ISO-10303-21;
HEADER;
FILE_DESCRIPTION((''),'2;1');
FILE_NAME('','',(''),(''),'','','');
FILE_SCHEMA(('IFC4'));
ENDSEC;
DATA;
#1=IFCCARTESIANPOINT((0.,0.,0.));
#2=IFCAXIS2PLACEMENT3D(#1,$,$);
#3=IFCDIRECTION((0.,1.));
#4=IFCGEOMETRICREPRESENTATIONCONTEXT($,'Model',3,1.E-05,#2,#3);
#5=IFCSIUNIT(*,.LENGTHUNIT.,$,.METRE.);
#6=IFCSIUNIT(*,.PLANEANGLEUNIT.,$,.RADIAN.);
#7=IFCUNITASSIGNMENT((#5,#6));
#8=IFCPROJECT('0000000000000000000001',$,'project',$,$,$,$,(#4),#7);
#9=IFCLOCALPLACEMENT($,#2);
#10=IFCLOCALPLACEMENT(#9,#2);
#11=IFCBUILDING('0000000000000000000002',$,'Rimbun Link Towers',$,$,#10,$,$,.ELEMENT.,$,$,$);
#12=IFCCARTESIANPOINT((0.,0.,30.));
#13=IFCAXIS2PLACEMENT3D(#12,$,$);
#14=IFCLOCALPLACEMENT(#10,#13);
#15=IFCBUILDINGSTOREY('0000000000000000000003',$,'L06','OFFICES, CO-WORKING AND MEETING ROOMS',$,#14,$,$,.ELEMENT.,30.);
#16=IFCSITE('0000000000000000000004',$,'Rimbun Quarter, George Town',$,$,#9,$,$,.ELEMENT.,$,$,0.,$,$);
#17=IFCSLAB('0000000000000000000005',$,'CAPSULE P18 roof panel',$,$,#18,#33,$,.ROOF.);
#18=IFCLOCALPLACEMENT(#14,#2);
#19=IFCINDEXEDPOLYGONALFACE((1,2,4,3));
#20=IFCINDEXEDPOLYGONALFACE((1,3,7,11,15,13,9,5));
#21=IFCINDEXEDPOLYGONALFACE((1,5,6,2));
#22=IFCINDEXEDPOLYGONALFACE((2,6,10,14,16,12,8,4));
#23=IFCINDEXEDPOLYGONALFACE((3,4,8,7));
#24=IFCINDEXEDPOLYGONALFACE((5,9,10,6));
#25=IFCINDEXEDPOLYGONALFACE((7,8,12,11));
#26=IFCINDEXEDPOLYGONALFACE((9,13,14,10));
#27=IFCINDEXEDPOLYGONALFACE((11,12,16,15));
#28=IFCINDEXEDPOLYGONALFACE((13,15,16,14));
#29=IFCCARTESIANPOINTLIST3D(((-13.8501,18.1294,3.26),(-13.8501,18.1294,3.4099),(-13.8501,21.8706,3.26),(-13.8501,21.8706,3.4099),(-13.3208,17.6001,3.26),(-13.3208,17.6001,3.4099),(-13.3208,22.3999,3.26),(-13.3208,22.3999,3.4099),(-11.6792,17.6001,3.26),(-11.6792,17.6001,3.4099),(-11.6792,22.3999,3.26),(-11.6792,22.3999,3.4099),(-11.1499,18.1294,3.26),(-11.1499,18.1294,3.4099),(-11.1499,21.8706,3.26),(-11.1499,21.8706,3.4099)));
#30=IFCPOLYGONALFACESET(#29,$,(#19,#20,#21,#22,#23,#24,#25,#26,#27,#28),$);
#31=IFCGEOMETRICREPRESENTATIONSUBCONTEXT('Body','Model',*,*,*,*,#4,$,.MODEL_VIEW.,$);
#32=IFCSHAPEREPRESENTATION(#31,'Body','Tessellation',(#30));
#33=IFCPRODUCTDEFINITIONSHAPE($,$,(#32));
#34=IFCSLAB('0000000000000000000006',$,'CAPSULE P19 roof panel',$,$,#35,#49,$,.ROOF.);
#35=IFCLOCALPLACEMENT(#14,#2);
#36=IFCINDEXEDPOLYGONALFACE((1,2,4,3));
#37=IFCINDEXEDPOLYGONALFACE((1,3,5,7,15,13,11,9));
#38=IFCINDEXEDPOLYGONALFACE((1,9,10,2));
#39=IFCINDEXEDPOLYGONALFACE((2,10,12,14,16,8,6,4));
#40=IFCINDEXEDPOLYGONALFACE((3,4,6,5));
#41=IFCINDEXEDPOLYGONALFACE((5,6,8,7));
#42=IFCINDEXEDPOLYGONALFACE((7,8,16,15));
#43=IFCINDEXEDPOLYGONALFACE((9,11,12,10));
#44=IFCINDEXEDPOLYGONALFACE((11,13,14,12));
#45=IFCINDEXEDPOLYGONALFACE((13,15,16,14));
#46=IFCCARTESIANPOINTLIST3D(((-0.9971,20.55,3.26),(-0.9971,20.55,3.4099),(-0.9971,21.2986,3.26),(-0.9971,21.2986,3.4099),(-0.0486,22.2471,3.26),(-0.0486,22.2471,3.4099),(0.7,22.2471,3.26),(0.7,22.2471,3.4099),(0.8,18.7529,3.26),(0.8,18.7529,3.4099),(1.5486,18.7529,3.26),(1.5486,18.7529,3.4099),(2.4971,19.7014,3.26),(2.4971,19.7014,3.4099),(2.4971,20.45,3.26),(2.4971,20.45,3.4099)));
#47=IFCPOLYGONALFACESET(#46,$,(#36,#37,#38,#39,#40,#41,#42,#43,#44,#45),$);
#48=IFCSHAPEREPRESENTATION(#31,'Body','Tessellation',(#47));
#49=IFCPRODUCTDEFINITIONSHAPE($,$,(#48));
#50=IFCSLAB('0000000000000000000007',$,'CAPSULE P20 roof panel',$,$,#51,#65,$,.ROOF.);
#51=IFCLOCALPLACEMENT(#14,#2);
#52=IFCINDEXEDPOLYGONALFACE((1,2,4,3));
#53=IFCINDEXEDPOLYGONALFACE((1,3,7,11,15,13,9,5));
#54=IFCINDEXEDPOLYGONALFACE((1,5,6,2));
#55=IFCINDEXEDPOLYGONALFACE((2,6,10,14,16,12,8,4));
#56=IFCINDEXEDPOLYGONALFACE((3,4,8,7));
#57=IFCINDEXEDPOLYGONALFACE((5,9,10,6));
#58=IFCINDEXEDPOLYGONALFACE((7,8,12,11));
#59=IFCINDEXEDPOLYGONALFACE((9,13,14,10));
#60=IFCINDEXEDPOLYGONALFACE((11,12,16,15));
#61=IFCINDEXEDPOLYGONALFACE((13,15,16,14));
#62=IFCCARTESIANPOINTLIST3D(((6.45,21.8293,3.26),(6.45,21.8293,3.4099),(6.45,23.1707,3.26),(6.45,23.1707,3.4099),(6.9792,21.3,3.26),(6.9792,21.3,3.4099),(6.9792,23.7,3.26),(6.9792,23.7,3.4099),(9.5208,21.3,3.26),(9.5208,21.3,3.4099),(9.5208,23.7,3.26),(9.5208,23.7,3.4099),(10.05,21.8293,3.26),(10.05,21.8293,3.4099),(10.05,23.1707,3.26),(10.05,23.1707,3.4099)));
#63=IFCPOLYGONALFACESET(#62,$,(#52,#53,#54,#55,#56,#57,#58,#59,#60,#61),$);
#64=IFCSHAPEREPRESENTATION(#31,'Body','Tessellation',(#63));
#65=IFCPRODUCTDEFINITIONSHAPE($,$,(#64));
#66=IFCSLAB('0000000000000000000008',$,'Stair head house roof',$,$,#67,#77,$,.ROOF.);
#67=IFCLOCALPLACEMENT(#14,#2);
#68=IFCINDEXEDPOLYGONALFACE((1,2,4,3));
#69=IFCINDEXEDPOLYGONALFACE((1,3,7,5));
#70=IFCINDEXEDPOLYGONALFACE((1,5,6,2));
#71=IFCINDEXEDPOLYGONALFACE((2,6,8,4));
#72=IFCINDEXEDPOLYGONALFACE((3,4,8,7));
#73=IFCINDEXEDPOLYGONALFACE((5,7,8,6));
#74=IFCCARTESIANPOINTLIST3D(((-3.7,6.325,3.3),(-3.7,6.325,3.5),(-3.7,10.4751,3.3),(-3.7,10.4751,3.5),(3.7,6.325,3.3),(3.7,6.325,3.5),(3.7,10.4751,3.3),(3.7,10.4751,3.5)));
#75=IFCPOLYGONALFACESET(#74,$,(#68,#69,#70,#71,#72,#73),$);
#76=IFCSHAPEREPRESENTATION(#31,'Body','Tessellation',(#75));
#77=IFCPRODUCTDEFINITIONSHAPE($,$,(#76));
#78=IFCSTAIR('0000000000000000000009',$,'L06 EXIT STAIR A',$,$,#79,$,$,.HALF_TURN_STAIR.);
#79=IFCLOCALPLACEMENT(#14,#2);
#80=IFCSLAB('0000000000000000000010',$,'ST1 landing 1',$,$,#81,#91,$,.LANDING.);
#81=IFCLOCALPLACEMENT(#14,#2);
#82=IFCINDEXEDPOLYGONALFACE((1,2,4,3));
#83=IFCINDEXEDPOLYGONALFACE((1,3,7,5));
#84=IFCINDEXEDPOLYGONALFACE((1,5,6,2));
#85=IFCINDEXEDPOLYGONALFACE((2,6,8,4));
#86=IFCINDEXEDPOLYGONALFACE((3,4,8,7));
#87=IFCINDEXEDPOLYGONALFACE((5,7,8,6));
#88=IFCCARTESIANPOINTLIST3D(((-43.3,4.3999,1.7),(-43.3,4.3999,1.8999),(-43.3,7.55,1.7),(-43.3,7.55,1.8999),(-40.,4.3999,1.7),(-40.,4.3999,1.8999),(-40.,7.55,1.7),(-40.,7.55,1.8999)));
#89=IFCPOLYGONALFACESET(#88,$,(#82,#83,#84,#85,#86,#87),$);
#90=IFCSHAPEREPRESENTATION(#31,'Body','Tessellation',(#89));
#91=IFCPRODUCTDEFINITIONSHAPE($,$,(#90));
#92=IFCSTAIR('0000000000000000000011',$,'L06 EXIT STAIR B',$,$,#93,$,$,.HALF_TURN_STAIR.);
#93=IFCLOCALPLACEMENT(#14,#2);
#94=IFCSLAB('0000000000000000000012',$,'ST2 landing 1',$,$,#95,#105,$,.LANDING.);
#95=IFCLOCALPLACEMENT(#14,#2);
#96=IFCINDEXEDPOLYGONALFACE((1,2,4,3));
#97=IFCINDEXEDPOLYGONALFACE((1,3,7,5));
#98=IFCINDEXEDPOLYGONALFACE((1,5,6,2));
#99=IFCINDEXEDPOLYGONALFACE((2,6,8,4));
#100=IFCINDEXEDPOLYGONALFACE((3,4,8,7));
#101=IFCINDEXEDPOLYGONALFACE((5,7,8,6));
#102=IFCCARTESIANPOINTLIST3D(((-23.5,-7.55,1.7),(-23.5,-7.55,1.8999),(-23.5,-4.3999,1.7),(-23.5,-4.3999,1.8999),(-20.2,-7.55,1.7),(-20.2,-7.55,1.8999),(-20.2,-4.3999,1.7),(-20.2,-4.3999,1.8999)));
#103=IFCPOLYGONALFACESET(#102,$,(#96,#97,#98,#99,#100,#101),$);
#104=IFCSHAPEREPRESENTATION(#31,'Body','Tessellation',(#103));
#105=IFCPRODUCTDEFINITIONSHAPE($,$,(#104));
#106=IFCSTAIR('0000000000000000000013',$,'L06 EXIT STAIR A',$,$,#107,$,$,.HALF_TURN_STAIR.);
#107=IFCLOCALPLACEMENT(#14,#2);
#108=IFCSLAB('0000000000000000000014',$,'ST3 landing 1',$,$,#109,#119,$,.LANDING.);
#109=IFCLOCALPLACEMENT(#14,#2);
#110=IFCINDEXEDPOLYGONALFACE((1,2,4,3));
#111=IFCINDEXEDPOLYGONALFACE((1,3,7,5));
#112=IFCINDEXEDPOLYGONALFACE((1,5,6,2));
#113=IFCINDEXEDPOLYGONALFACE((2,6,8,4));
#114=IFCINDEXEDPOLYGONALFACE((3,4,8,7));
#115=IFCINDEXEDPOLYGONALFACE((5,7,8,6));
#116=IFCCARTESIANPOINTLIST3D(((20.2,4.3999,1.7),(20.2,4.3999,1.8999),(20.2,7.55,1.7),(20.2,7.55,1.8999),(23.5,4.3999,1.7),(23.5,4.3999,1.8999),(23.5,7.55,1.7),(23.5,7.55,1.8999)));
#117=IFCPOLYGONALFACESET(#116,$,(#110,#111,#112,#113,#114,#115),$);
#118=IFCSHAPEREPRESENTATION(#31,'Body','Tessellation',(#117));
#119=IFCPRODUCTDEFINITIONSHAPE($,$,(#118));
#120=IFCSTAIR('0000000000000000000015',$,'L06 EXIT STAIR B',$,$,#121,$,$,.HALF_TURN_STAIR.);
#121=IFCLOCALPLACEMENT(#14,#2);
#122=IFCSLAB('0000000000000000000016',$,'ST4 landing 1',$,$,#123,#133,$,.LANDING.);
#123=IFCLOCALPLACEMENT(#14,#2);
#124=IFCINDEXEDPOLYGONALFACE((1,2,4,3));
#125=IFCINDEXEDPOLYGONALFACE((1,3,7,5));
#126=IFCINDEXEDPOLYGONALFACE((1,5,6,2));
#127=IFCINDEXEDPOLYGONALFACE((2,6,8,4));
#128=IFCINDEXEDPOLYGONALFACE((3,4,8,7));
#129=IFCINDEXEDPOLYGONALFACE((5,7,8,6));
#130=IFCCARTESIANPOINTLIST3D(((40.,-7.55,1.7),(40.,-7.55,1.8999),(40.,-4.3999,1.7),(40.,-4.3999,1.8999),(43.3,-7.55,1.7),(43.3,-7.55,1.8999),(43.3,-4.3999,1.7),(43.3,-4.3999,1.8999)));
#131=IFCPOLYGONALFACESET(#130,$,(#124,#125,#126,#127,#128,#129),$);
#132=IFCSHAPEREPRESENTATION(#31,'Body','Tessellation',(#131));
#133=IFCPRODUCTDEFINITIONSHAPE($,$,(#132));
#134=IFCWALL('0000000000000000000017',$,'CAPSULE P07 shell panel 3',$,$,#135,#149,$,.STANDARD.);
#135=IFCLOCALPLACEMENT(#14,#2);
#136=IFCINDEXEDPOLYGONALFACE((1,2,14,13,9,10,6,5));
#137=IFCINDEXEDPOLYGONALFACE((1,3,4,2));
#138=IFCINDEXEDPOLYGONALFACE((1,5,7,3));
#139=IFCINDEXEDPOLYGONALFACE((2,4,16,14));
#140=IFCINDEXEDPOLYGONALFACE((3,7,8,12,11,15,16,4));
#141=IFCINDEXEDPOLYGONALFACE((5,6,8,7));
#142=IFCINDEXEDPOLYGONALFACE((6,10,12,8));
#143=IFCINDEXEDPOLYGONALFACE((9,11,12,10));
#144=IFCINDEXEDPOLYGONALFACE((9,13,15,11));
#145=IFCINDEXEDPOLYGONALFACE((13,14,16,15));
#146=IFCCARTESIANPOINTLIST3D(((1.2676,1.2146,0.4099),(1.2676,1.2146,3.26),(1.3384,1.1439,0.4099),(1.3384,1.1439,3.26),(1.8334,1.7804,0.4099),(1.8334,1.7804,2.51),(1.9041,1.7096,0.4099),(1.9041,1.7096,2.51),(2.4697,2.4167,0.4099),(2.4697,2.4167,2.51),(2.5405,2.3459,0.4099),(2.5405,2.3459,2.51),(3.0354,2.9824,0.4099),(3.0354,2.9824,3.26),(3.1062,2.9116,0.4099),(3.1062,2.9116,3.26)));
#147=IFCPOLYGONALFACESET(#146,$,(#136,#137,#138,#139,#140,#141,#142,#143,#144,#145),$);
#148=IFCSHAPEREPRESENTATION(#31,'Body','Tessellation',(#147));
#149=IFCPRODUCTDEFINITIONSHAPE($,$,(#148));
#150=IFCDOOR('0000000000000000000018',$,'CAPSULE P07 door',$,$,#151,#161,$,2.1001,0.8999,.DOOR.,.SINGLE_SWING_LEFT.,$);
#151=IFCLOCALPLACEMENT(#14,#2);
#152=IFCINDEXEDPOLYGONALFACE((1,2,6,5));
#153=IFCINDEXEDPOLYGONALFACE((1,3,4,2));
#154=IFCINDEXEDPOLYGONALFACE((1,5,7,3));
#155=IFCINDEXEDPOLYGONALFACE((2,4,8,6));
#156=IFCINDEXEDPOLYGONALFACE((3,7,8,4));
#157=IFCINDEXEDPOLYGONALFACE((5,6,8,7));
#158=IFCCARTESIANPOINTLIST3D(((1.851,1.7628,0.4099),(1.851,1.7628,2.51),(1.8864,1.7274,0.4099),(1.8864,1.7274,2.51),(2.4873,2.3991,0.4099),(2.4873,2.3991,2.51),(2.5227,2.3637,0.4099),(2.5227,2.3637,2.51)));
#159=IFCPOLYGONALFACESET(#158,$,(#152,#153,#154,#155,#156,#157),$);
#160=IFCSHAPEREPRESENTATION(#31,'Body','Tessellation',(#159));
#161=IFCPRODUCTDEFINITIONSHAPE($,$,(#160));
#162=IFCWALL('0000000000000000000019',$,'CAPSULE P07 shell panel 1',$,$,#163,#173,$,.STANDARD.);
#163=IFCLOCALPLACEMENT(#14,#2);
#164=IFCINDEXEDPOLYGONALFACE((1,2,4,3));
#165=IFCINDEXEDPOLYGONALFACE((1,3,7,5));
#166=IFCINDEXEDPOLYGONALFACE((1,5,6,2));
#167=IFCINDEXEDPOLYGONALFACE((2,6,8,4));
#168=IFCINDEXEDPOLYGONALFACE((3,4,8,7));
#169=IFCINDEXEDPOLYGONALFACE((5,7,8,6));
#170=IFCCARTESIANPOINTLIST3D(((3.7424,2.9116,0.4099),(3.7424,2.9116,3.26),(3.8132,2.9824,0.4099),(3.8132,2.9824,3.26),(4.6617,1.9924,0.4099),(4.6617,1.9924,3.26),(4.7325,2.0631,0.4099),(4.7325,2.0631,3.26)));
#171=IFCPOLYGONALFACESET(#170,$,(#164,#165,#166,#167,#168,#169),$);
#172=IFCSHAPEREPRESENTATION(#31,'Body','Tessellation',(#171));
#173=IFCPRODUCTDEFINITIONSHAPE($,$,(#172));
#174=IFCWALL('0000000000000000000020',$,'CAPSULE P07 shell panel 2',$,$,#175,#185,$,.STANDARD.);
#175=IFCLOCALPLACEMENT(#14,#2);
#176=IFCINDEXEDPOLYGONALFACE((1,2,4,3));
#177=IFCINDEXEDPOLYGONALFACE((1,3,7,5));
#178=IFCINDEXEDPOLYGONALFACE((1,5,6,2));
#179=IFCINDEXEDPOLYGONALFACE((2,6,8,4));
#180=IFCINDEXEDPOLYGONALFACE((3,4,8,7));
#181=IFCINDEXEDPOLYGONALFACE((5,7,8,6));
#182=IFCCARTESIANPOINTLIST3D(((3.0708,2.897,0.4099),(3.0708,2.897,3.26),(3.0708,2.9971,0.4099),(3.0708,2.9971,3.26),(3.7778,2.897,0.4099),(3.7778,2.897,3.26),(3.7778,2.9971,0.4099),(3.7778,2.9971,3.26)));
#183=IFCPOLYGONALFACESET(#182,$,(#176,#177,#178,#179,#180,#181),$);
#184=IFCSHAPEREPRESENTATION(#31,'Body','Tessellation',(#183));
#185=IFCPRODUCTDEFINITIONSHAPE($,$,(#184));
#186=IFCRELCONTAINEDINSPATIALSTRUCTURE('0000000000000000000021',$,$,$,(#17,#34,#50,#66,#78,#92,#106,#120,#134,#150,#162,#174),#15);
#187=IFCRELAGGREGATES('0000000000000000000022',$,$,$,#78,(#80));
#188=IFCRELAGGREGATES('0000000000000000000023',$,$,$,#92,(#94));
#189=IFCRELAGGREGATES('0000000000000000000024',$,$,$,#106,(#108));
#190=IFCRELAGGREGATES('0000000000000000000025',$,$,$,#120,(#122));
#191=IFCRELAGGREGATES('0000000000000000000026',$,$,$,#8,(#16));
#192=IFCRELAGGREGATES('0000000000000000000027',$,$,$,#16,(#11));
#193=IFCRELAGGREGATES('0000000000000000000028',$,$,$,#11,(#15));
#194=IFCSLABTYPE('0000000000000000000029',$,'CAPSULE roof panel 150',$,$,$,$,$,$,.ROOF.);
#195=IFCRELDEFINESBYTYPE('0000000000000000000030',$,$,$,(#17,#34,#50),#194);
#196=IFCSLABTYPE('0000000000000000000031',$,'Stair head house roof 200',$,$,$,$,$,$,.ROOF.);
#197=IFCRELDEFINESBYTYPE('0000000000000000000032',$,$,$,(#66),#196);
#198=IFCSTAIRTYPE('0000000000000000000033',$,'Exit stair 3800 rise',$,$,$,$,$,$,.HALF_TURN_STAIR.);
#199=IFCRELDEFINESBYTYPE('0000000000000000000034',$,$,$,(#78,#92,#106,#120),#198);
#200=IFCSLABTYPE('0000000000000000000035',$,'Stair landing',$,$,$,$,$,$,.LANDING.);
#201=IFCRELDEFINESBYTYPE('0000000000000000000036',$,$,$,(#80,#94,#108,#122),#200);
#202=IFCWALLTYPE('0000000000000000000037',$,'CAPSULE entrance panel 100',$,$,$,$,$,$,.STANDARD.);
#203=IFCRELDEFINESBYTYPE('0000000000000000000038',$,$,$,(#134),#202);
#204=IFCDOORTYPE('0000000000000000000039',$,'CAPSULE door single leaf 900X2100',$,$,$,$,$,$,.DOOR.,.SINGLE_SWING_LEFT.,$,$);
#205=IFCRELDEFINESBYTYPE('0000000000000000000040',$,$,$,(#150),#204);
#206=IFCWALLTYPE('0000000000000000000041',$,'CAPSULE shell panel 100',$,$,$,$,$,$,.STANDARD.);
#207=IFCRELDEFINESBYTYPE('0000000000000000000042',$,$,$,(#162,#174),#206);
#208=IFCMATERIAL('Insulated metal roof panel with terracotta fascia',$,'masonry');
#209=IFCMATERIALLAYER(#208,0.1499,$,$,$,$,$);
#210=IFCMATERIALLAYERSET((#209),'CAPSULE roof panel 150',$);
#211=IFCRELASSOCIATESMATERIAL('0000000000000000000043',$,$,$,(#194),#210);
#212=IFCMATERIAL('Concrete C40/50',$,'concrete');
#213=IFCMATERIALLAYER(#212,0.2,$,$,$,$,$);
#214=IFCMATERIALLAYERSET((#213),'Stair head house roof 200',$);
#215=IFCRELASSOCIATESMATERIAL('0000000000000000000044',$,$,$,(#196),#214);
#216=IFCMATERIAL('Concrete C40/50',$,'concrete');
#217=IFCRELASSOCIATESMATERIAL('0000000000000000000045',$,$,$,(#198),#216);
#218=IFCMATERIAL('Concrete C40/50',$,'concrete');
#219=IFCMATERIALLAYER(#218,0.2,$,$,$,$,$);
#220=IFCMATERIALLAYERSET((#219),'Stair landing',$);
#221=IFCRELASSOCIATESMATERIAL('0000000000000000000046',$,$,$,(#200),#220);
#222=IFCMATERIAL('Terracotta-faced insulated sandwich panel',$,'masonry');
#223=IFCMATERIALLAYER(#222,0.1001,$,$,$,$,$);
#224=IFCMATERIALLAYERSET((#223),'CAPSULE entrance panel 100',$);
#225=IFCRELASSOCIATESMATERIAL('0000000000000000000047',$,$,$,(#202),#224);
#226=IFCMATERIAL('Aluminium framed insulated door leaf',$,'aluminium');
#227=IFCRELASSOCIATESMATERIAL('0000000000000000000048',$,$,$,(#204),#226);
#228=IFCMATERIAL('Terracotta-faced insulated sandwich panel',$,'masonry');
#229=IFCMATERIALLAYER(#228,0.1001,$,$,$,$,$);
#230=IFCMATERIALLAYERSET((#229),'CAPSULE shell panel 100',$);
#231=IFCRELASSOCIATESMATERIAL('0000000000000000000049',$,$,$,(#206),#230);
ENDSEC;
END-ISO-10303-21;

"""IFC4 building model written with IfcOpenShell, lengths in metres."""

from ifc_helpers import new_model, si_unit, direction, frame, frame_2d, origin, place, context, subcontext, project, spatial, polyline, rectangle, outline, extrude, material, layer, layer_set, type_object, element, fill, aggregate, save


model = new_model("IFC4")

# Units and contexts
model_context = context("Model", 3, precision=1e-05, world=origin(), true_north=direction((0.0, 1.0)))
body_context = subcontext(model_context, "Body", "Model", "MODEL_VIEW")
ifc_project = project(units=[si_unit("LENGTHUNIT", "METRE"), si_unit("PLANEANGLEUNIT", "RADIAN")], contexts=[model_context])

# Site, building, storey
site_placement = place(None, origin())
site = spatial("IfcSite", under=ifc_project, at=site_placement, Name="Rimbun Quarter, George Town", CompositionType="ELEMENT", RefElevation=0.0)
building_placement = place(site_placement, origin())
building = spatial("IfcBuilding", under=site, at=building_placement, Name="Rimbun Link Towers", CompositionType="ELEMENT")
storey_placement = place(building_placement, frame((0.0, 0.0, 30.0)))
storey = spatial("IfcBuildingStorey", under=building, at=storey_placement, Name="L06", Description="OFFICES, CO-WORKING AND MEETING ROOMS", CompositionType="ELEMENT", Elevation=30.0)

# Slabs
ifc_material_1 = material(Name="Insulated metal roof panel with terracotta fascia", Category="masonry")
ifc_layer_1 = layer(ifc_material_1, 0.1499)
ifc_layer_set_1 = layer_set([ifc_layer_1], Name="CAPSULE roof panel 150")
slab_type_1 = type_object("IfcSlabType", Name="CAPSULE roof panel 150", PredefinedType="ROOF", material=ifc_layer_set_1)
slab_1_placement = place(storey_placement, frame((0.0, 0.0, 3.26)))
element("IfcSlab", 1, at=slab_1_placement, inside=storey, type_object=slab_type_1, Name="CAPSULE P18 roof panel", PredefinedType="ROOF", context=body_context, shape_type="SweptSolid", body=[
    extrude(outline(polyline([(-13.3208, 22.3999), (-13.8501, 21.8706), (-13.8501, 18.1294), (-13.3208, 17.6001), (-11.6792, 17.6001), (-11.1499, 18.1294), (-11.1499, 21.8706), (-11.6792, 22.3999), (-13.3208, 22.3999)])), origin(), (0.0, 0.0, 1.0), 0.1499),
])
slab_2_placement = place(storey_placement, frame((0.0, 0.0, 3.26)))
element("IfcSlab", 2, at=slab_2_placement, inside=storey, type_object=slab_type_1, Name="CAPSULE P19 roof panel", PredefinedType="ROOF", context=body_context, shape_type="SweptSolid", body=[
    extrude(outline(polyline([(-0.9971, 21.2986), (-0.9971, 20.55), (0.8, 18.7529), (1.5486, 18.7529), (2.4971, 19.7014), (2.4971, 20.45), (0.7, 22.2471), (-0.0486, 22.2471), (-0.9971, 21.2986)])), origin(), (0.0, 0.0, 1.0), 0.1499),
])
slab_3_placement = place(storey_placement, frame((0.0, 0.0, 3.26)))
element("IfcSlab", 3, at=slab_3_placement, inside=storey, type_object=slab_type_1, Name="CAPSULE P20 roof panel", PredefinedType="ROOF", context=body_context, shape_type="SweptSolid", body=[
    extrude(outline(polyline([(10.05, 23.1707), (9.5208, 23.7), (6.9792, 23.7), (6.45, 23.1707), (6.45, 21.8293), (6.9792, 21.3), (9.5208, 21.3), (10.05, 21.8293), (10.05, 23.1707)])), origin(), (0.0, 0.0, 1.0), 0.1499),
])
ifc_material_2 = material(Name="Concrete C40/50", Category="concrete")
ifc_layer_2 = layer(ifc_material_2, 0.2)
ifc_layer_set_2 = layer_set([ifc_layer_2], Name="Stair head house roof 200")
slab_type_2 = type_object("IfcSlabType", Name="Stair head house roof 200", PredefinedType="ROOF", material=ifc_layer_set_2)
slab_4_placement = place(storey_placement, frame((0.0, 0.0, 3.3)))
element("IfcSlab", 4, at=slab_4_placement, inside=storey, type_object=slab_type_2, Name="Stair head house roof", PredefinedType="ROOF", context=body_context, shape_type="SweptSolid", body=[
    extrude(outline(polyline([(-3.7, 6.325), (3.7, 6.325), (3.7, 10.4751), (-3.7, 10.4751), (-3.7, 6.325)])), origin(), (0.0, 0.0, 1.0), 0.2),
])

# Stairs, slabs
ifc_material_3 = material(Name="Concrete C40/50", Category="concrete")
stair_type = type_object("IfcStairType", Name="Exit stair 3800 rise", PredefinedType="HALF_TURN_STAIR", material=ifc_material_3)
stair_1_placement = place(storey_placement, origin())
stair_1 = element("IfcStair", 5, at=stair_1_placement, inside=storey, type_object=stair_type, Name="L06 EXIT STAIR A", PredefinedType="HALF_TURN_STAIR")
ifc_material_4 = material(Name="Concrete C40/50", Category="concrete")
ifc_layer_3 = layer(ifc_material_4, 0.2)
ifc_layer_set_3 = layer_set([ifc_layer_3], Name="Stair landing")
slab_type_3 = type_object("IfcSlabType", Name="Stair landing", PredefinedType="LANDING", material=ifc_layer_set_3)
slab_5_placement = place(storey_placement, frame((0.0, 0.0, 1.7)))
slab_5 = element("IfcSlab", 6, at=slab_5_placement, type_object=slab_type_3, Name="ST1 landing 1", PredefinedType="LANDING", context=body_context, shape_type="SweptSolid", body=[
    extrude(outline(polyline([(-40.0, 7.55), (-43.3, 7.55), (-43.3, 4.3999), (-40.0, 4.3999), (-40.0, 7.55)])), origin(), (0.0, 0.0, 1.0), 0.2),
])
aggregate(stair_1, [slab_5])
stair_2_placement = place(storey_placement, origin())
stair_2 = element("IfcStair", 7, at=stair_2_placement, inside=storey, type_object=stair_type, Name="L06 EXIT STAIR B", PredefinedType="HALF_TURN_STAIR")
slab_6_placement = place(storey_placement, frame((0.0, 0.0, 1.7)))
slab_6 = element("IfcSlab", 8, at=slab_6_placement, type_object=slab_type_3, Name="ST2 landing 1", PredefinedType="LANDING", context=body_context, shape_type="SweptSolid", body=[
    extrude(outline(polyline([(-23.5, -7.55), (-20.2, -7.55), (-20.2, -4.3999), (-23.5, -4.3999), (-23.5, -7.55)])), origin(), (0.0, 0.0, 1.0), 0.2),
])
aggregate(stair_2, [slab_6])
stair_3_placement = place(storey_placement, origin())
stair_3 = element("IfcStair", 9, at=stair_3_placement, inside=storey, type_object=stair_type, Name="L06 EXIT STAIR A", PredefinedType="HALF_TURN_STAIR")
slab_7_placement = place(storey_placement, frame((0.0, 0.0, 1.7)))
slab_7 = element("IfcSlab", 10, at=slab_7_placement, type_object=slab_type_3, Name="ST3 landing 1", PredefinedType="LANDING", context=body_context, shape_type="SweptSolid", body=[
    extrude(outline(polyline([(23.5, 7.55), (20.2, 7.55), (20.2, 4.3999), (23.5, 4.3999), (23.5, 7.55)])), origin(), (0.0, 0.0, 1.0), 0.2),
])
aggregate(stair_3, [slab_7])
stair_4_placement = place(storey_placement, origin())
stair_4 = element("IfcStair", 11, at=stair_4_placement, inside=storey, type_object=stair_type, Name="L06 EXIT STAIR B", PredefinedType="HALF_TURN_STAIR")
slab_8_placement = place(storey_placement, frame((0.0, 0.0, 1.7)))
slab_8 = element("IfcSlab", 12, at=slab_8_placement, type_object=slab_type_3, Name="ST4 landing 1", PredefinedType="LANDING", context=body_context, shape_type="SweptSolid", body=[
    extrude(outline(polyline([(40.0, -7.55), (43.3, -7.55), (43.3, -4.3999), (40.0, -4.3999), (40.0, -7.55)])), origin(), (0.0, 0.0, 1.0), 0.2),
])
aggregate(stair_4, [slab_8])

# Wall, opening, door
ifc_material_5 = material(Name="Terracotta-faced insulated sandwich panel", Category="masonry")
ifc_layer_4 = layer(ifc_material_5, 0.1001)
ifc_layer_set_4 = layer_set([ifc_layer_4], Name="CAPSULE entrance panel 100")
wall_type_1 = type_object("IfcWallType", Name="CAPSULE entrance panel 100", PredefinedType="STANDARD", material=ifc_layer_set_4)
wall_1_placement = place(storey_placement, frame((3.0708, 2.947, 0.4099), z_axis=(0.0, 0.0, 1.0), x_axis=(-0.707107, -0.707107, 0.0)))
wall_1 = element("IfcWall", 13, at=wall_1_placement, inside=storey, type_object=wall_type_1, Name="CAPSULE P07 shell panel 3", PredefinedType="STANDARD", context=body_context, shape_type="SweptSolid", body=[
    extrude(rectangle(XDim=2.5, YDim=0.1001, at=frame_2d((1.25, 0.0))), origin(), (0.0, 0.0, 1.0), 2.8501),
])
opening_placement = place(wall_1_placement, frame((0.8, 0.0, 0.0)))
opening = element("IfcOpeningElement", 14, at=opening_placement, cuts=wall_1, PredefinedType="OPENING", context=body_context, shape_type="SweptSolid", body=[
    extrude(rectangle(XDim=0.8999, YDim=2.1001, at=frame_2d((0.45, 1.05))), frame((0.0, 0.0601, 0.0), z_axis=(0.0, -1.0, 0.0), x_axis=(1.0, 0.0, 0.0)), (0.0, 0.0, 1.0), 0.1201),
])
ifc_material_6 = material(Name="Aluminium framed insulated door leaf", Category="aluminium")
door_type = type_object("IfcDoorType", Name="CAPSULE door single leaf 900X2100", OperationType="SINGLE_SWING_LEFT", PredefinedType="DOOR", material=ifc_material_6)
door_placement = place(opening_placement, origin())
door = element("IfcDoor", 15, at=door_placement, inside=storey, type_object=door_type, Name="CAPSULE P07 door", OperationType="SINGLE_SWING_LEFT", OverallHeight=2.1001, OverallWidth=0.8999, PredefinedType="DOOR", context=body_context, shape_type="SweptSolid", body=[
    extrude(rectangle(XDim=0.8999, YDim=2.1001, at=frame_2d((0.45, 1.05))), frame((0.0, 0.0249, 0.0), z_axis=(0.0, -1.0, 0.0), x_axis=(1.0, 0.0, 0.0)), (0.0, 0.0, 1.0), 0.05),
])
fill(opening, door)

# Walls
ifc_material_7 = material(Name="Terracotta-faced insulated sandwich panel", Category="masonry")
ifc_layer_5 = layer(ifc_material_7, 0.1001)
ifc_layer_set_5 = layer_set([ifc_layer_5], Name="CAPSULE shell panel 100")
wall_type_2 = type_object("IfcWallType", Name="CAPSULE shell panel 100", PredefinedType="STANDARD", material=ifc_layer_set_5)
wall_2_placement = place(storey_placement, frame((4.697, 2.0278, 0.4099), z_axis=(0.0, 0.0, 1.0), x_axis=(-0.707107, 0.707107, 0.0)))
element("IfcWall", 16, at=wall_2_placement, inside=storey, type_object=wall_type_2, Name="CAPSULE P07 shell panel 1", PredefinedType="STANDARD", context=body_context, shape_type="SweptSolid", body=[
    extrude(rectangle(XDim=1.3, YDim=0.1001, at=frame_2d((0.6499, 0.0))), origin(), (0.0, 0.0, 1.0), 2.8501),
])
for number, where, z_axis, x_axis, name in (
    (17, (3.7778, 2.947, 0.4099), (0.0, 0.0, 1.0), (-1.0, 0.0, 0.0), "CAPSULE P07 shell panel 2"),
):
    element("IfcWall", number, at=place(storey_placement, frame(where, z_axis=z_axis, x_axis=x_axis)), inside=storey, type_object=wall_type_2, Name=name, PredefinedType="STANDARD", context=body_context, shape_type="SweptSolid", body=[
        extrude(rectangle(XDim=0.707, YDim=0.1001, at=frame_2d((0.3535, 0.0))), origin(), (0.0, 0.0, 1.0), 2.8501),
    ])

save(model, "model.ifc")
